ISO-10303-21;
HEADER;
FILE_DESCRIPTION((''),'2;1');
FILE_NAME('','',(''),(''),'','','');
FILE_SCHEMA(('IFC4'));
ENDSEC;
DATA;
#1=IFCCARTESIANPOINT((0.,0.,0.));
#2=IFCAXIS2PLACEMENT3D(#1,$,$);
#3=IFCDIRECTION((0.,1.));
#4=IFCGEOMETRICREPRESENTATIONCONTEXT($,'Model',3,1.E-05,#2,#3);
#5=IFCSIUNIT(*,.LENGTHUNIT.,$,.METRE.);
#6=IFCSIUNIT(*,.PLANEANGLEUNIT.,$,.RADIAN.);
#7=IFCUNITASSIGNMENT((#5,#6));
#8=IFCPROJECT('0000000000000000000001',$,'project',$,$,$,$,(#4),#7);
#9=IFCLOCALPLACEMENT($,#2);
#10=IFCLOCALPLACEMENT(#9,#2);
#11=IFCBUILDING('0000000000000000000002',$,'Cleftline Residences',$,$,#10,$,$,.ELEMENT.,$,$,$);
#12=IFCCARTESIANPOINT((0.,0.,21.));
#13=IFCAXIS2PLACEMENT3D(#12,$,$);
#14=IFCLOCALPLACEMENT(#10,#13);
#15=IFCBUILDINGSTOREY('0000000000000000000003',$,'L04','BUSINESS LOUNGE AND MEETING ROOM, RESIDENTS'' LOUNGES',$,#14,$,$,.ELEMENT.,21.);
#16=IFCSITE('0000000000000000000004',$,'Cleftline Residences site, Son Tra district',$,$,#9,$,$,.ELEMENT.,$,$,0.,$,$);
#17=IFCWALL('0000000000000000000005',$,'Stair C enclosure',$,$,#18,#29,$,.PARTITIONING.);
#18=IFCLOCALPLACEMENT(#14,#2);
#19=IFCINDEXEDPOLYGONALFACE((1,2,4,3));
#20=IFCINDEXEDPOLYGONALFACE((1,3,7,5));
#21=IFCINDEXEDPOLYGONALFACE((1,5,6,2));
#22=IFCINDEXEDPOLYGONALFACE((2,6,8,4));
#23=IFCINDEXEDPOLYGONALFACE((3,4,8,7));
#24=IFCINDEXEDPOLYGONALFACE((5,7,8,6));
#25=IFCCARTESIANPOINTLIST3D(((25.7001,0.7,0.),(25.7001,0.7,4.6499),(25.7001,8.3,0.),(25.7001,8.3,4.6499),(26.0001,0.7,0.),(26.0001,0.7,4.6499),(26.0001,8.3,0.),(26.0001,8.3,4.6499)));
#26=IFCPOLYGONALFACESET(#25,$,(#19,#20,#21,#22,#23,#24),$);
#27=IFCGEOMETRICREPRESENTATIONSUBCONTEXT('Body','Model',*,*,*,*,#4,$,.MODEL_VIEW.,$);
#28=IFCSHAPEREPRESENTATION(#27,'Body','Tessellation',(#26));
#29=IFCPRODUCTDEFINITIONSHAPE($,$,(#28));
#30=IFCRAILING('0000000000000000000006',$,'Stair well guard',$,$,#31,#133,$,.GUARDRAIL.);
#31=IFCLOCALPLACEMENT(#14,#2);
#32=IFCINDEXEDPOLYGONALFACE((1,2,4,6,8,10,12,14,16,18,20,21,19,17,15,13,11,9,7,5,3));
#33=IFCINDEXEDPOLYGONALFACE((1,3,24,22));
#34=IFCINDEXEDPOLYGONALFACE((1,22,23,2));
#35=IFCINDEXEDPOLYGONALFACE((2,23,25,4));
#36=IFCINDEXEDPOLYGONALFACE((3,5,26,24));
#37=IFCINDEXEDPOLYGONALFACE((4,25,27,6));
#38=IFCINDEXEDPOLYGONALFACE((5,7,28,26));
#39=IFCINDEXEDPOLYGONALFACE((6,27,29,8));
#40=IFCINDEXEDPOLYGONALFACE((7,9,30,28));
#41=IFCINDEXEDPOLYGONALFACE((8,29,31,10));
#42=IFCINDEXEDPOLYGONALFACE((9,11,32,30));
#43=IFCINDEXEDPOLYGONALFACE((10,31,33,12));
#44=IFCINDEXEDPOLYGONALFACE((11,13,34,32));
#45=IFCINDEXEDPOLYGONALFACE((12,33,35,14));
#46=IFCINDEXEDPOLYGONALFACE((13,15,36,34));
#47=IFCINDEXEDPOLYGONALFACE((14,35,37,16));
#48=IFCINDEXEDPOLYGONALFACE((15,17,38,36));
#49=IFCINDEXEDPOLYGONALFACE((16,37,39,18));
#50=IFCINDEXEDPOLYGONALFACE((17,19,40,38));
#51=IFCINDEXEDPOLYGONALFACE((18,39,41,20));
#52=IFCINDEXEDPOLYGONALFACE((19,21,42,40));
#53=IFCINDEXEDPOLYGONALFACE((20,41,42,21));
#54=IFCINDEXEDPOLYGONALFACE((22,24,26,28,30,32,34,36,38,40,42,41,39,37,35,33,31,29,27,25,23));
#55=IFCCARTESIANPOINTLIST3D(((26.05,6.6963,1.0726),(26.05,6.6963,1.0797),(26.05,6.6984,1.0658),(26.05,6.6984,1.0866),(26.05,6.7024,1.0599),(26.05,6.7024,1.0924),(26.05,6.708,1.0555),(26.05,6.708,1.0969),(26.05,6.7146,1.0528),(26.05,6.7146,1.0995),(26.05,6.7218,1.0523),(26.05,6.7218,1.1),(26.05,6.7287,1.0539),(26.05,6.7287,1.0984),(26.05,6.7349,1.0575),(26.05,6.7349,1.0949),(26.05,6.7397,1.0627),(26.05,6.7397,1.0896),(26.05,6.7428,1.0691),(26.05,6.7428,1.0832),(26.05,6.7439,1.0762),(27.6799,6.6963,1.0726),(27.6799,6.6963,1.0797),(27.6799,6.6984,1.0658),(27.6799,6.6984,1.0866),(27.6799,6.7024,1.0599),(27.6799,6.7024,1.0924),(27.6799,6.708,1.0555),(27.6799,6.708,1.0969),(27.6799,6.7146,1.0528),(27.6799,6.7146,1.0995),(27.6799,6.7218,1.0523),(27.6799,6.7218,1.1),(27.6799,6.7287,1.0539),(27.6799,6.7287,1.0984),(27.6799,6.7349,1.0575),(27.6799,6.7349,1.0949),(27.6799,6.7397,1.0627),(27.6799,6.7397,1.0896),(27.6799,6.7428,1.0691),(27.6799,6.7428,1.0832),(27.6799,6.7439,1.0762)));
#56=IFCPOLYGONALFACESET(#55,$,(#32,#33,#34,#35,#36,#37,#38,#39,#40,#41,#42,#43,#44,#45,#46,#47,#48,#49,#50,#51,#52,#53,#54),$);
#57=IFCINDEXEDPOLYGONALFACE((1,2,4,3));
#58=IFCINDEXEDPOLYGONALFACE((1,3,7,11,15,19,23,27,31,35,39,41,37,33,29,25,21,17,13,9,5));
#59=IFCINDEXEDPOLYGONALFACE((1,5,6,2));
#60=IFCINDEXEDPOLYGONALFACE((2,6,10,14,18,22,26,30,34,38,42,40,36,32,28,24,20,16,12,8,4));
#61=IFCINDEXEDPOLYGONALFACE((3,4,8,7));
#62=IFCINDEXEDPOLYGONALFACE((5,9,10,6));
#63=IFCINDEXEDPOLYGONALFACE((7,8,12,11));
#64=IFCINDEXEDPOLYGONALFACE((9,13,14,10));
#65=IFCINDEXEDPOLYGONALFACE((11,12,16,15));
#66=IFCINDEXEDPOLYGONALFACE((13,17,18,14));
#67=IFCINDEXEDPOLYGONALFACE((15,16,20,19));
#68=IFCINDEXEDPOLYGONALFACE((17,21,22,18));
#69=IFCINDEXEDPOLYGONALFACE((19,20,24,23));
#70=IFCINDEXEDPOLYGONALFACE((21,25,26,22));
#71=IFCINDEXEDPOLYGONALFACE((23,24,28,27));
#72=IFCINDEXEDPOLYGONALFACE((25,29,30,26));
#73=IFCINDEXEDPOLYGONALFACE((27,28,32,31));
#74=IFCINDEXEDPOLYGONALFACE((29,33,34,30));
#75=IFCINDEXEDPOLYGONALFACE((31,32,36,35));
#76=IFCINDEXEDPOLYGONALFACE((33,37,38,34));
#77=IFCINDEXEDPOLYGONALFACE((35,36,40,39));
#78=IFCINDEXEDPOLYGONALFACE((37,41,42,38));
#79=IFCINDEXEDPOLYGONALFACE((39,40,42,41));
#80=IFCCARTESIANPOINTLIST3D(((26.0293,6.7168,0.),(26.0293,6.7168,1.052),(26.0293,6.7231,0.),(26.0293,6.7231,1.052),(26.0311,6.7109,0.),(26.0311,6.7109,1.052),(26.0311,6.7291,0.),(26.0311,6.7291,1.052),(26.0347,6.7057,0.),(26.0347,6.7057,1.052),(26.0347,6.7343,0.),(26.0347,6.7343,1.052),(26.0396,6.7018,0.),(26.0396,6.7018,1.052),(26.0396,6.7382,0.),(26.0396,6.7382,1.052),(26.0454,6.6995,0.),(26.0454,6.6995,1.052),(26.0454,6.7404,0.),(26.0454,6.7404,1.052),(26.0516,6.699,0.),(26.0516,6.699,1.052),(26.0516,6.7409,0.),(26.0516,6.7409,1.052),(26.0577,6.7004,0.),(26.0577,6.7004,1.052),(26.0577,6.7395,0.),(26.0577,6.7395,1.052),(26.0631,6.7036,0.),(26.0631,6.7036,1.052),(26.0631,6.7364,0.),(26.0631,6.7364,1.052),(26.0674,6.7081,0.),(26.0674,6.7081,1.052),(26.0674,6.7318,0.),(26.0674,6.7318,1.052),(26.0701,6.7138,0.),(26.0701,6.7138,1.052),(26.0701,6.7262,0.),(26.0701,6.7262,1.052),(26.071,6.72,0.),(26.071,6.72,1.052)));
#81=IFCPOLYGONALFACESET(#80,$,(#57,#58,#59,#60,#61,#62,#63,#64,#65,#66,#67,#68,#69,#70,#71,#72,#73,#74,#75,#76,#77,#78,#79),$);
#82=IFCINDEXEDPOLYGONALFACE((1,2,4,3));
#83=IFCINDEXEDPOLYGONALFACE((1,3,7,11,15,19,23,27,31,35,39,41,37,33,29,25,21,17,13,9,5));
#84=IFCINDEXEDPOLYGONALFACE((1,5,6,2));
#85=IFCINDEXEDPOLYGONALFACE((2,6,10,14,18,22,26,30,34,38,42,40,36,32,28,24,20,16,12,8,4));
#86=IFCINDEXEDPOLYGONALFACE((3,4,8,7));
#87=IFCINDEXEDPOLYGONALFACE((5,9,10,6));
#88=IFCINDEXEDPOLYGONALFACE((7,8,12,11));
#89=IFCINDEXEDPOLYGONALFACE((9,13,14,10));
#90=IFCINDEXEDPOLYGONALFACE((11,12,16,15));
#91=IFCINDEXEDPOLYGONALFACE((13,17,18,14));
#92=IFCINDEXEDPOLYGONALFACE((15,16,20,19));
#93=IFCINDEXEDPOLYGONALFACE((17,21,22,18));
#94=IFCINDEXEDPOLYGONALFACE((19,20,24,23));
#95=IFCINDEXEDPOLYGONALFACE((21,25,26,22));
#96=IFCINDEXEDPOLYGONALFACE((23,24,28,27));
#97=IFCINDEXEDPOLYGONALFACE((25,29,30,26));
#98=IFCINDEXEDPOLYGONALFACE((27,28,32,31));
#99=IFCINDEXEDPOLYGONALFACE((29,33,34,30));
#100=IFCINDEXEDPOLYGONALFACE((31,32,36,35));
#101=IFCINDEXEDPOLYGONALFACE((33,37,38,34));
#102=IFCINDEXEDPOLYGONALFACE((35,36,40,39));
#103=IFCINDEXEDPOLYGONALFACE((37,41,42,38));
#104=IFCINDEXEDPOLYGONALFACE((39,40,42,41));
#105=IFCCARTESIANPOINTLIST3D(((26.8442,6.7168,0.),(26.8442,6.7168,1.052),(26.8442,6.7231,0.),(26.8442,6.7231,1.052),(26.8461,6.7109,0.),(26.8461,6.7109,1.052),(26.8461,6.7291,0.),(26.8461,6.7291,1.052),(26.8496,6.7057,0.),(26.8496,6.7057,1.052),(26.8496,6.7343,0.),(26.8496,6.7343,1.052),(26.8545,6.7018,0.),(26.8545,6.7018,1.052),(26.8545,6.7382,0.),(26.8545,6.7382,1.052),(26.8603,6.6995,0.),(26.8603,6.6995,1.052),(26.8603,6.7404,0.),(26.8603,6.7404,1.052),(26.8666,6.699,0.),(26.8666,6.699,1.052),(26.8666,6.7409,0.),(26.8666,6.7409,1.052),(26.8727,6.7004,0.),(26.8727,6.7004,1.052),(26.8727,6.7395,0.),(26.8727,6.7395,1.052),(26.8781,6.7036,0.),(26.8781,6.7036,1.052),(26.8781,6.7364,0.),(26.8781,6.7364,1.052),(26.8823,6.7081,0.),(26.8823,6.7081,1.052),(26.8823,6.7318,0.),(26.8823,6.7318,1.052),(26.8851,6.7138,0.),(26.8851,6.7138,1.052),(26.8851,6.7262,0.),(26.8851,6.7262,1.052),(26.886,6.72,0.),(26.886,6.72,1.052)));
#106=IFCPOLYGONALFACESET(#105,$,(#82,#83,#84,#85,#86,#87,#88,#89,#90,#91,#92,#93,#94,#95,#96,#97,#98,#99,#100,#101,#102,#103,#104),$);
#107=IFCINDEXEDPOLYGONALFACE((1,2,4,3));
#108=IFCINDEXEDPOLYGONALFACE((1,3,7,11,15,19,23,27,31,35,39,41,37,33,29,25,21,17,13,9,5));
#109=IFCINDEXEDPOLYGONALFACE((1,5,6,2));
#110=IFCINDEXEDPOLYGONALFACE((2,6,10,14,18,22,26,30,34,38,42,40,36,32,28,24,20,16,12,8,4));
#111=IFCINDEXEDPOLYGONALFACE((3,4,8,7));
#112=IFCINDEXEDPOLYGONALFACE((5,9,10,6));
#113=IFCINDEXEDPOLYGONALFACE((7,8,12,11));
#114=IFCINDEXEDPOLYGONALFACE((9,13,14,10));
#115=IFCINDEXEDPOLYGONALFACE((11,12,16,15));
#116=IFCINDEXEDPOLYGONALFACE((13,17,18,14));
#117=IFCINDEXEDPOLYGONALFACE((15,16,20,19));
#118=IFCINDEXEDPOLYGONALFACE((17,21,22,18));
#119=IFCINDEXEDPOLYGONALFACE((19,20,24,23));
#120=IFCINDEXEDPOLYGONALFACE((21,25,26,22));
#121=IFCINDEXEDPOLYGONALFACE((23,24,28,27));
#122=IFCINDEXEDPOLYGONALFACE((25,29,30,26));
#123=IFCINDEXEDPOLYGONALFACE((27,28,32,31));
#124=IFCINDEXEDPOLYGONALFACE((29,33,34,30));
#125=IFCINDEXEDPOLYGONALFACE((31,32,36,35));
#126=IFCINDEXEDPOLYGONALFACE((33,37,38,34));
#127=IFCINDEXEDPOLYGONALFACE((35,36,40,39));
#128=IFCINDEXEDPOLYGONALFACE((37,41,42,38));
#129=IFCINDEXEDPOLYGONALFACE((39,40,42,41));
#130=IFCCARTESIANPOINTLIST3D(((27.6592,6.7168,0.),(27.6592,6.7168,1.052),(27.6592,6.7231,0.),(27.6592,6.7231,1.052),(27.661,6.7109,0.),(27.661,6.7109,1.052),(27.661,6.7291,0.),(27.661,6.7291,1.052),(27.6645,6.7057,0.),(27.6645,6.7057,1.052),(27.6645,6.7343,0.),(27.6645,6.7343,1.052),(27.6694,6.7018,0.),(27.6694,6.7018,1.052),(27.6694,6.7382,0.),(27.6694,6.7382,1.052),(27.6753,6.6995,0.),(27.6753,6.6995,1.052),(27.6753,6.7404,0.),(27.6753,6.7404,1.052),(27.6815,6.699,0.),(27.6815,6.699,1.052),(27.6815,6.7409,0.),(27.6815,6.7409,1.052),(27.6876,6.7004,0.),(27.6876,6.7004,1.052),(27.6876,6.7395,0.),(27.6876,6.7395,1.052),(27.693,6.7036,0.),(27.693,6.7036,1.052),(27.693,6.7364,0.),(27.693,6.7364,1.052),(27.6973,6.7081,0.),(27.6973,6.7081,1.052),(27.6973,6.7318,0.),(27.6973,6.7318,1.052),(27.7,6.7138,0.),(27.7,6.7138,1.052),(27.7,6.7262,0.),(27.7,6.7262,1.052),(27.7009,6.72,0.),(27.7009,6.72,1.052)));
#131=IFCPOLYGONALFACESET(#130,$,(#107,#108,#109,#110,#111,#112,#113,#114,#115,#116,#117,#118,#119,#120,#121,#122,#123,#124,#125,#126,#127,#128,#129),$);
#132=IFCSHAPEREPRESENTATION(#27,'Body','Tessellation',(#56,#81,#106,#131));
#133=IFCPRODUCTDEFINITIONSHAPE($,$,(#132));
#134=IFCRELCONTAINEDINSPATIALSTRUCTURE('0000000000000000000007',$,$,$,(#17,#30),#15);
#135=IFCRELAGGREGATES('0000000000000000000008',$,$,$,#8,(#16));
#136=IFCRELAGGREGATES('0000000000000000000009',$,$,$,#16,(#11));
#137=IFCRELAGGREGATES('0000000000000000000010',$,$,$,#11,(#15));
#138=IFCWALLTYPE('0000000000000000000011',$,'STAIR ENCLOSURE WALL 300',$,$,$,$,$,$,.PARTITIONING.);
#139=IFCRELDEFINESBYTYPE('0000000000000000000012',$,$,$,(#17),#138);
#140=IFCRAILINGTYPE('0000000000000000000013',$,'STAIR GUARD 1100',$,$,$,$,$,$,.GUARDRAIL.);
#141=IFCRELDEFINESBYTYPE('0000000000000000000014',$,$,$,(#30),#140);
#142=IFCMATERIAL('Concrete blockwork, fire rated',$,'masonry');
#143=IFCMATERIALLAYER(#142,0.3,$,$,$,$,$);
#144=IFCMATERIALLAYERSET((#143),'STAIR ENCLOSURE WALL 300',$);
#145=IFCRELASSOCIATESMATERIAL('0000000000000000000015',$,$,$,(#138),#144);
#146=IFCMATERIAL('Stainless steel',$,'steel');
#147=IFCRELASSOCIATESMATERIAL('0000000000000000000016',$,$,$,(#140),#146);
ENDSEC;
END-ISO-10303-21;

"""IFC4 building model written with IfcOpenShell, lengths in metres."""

from ifc_helpers import new_model, si_unit, direction, frame, frame_2d, origin, origin_2d, place, context, subcontext, project, spatial, rectangle, circle, extrude, material, layer, layer_set, type_object, element, save


model = new_model("IFC4")

# Units and contexts
model_context = context("Model", 3, precision=1e-05, world=origin(), true_north=direction((0.0, 1.0)))
body_context = subcontext(model_context, "Body", "Model", "MODEL_VIEW")
ifc_project = project(units=[si_unit("LENGTHUNIT", "METRE"), si_unit("PLANEANGLEUNIT", "RADIAN")], contexts=[model_context])

# Site, building, storey
site_placement = place(None, origin())
site = spatial("IfcSite", under=ifc_project, at=site_placement, Name="Cleftline Residences site, Son Tra district", CompositionType="ELEMENT", RefElevation=0.0)
building_placement = place(site_placement, origin())
building = spatial("IfcBuilding", under=site, at=building_placement, Name="Cleftline Residences", CompositionType="ELEMENT")
storey_placement = place(building_placement, frame((0.0, 0.0, 21.0)))
storey = spatial("IfcBuildingStorey", under=building, at=storey_placement, Name="L04", Description="BUSINESS LOUNGE AND MEETING ROOM, RESIDENTS' LOUNGES", CompositionType="ELEMENT", Elevation=21.0)

# Shared definitions
ifc_material_1 = material(Name="Concrete blockwork, fire rated", Category="masonry")
ifc_layer_1 = layer(ifc_material_1, 0.3)
ifc_layer_set_1 = layer_set([ifc_layer_1], Name="STAIR ENCLOSURE WALL 300")
wall_type_1 = type_object("IfcWallType", Name="STAIR ENCLOSURE WALL 300", PredefinedType="PARTITIONING", material=ifc_layer_set_1)

# Wall
wall_1_placement = place(storey_placement, frame((25.8501, 0.7, 0.0), z_axis=(0.0, 0.0, 1.0), x_axis=(0.0, 1.0, 0.0)))
element("IfcWall", 1, at=wall_1_placement, inside=storey, type_object=wall_type_1, Name="Stair C enclosure", PredefinedType="PARTITIONING", context=body_context, shape_type="SweptSolid", body=[
    extrude(rectangle(XDim=7.6001, YDim=0.3, at=frame_2d((3.8, 0.0))), origin(), (0.0, 0.0, 1.0), 4.6499),
])

# Railing
ifc_material_2 = material(Name="Stainless steel", Category="steel")
railing_type = type_object("IfcRailingType", Name="STAIR GUARD 1100", PredefinedType="GUARDRAIL", material=ifc_material_2)
railing_placement = place(storey_placement, frame((26.05, 6.72, 0.0)))
element("IfcRailing", 2, at=railing_placement, inside=storey, type_object=railing_type, Name="Stair well guard", PredefinedType="GUARDRAIL", context=body_context, shape_type="SweptSolid", body=[
    extrude(circle(Radius=0.0239, at=origin_2d()), frame((0.0, 0.0, 1.0762), z_axis=(1.0, 0.0, 0.0), x_axis=(0.0, 1.0, 0.0)), (0.0, 0.0, 1.0), 1.6299),
    extrude(circle(Radius=0.021, at=origin_2d()), origin(), (0.0, 0.0, 1.0), 1.052),
    extrude(circle(Radius=0.021, at=origin_2d()), frame((0.8149, 0.0, 0.0)), (0.0, 0.0, 1.0), 1.052),
    extrude(circle(Radius=0.021, at=origin_2d()), frame((1.6299, 0.0, 0.0)), (0.0, 0.0, 1.0), 1.052),
])

save(model, "model.ifc")
